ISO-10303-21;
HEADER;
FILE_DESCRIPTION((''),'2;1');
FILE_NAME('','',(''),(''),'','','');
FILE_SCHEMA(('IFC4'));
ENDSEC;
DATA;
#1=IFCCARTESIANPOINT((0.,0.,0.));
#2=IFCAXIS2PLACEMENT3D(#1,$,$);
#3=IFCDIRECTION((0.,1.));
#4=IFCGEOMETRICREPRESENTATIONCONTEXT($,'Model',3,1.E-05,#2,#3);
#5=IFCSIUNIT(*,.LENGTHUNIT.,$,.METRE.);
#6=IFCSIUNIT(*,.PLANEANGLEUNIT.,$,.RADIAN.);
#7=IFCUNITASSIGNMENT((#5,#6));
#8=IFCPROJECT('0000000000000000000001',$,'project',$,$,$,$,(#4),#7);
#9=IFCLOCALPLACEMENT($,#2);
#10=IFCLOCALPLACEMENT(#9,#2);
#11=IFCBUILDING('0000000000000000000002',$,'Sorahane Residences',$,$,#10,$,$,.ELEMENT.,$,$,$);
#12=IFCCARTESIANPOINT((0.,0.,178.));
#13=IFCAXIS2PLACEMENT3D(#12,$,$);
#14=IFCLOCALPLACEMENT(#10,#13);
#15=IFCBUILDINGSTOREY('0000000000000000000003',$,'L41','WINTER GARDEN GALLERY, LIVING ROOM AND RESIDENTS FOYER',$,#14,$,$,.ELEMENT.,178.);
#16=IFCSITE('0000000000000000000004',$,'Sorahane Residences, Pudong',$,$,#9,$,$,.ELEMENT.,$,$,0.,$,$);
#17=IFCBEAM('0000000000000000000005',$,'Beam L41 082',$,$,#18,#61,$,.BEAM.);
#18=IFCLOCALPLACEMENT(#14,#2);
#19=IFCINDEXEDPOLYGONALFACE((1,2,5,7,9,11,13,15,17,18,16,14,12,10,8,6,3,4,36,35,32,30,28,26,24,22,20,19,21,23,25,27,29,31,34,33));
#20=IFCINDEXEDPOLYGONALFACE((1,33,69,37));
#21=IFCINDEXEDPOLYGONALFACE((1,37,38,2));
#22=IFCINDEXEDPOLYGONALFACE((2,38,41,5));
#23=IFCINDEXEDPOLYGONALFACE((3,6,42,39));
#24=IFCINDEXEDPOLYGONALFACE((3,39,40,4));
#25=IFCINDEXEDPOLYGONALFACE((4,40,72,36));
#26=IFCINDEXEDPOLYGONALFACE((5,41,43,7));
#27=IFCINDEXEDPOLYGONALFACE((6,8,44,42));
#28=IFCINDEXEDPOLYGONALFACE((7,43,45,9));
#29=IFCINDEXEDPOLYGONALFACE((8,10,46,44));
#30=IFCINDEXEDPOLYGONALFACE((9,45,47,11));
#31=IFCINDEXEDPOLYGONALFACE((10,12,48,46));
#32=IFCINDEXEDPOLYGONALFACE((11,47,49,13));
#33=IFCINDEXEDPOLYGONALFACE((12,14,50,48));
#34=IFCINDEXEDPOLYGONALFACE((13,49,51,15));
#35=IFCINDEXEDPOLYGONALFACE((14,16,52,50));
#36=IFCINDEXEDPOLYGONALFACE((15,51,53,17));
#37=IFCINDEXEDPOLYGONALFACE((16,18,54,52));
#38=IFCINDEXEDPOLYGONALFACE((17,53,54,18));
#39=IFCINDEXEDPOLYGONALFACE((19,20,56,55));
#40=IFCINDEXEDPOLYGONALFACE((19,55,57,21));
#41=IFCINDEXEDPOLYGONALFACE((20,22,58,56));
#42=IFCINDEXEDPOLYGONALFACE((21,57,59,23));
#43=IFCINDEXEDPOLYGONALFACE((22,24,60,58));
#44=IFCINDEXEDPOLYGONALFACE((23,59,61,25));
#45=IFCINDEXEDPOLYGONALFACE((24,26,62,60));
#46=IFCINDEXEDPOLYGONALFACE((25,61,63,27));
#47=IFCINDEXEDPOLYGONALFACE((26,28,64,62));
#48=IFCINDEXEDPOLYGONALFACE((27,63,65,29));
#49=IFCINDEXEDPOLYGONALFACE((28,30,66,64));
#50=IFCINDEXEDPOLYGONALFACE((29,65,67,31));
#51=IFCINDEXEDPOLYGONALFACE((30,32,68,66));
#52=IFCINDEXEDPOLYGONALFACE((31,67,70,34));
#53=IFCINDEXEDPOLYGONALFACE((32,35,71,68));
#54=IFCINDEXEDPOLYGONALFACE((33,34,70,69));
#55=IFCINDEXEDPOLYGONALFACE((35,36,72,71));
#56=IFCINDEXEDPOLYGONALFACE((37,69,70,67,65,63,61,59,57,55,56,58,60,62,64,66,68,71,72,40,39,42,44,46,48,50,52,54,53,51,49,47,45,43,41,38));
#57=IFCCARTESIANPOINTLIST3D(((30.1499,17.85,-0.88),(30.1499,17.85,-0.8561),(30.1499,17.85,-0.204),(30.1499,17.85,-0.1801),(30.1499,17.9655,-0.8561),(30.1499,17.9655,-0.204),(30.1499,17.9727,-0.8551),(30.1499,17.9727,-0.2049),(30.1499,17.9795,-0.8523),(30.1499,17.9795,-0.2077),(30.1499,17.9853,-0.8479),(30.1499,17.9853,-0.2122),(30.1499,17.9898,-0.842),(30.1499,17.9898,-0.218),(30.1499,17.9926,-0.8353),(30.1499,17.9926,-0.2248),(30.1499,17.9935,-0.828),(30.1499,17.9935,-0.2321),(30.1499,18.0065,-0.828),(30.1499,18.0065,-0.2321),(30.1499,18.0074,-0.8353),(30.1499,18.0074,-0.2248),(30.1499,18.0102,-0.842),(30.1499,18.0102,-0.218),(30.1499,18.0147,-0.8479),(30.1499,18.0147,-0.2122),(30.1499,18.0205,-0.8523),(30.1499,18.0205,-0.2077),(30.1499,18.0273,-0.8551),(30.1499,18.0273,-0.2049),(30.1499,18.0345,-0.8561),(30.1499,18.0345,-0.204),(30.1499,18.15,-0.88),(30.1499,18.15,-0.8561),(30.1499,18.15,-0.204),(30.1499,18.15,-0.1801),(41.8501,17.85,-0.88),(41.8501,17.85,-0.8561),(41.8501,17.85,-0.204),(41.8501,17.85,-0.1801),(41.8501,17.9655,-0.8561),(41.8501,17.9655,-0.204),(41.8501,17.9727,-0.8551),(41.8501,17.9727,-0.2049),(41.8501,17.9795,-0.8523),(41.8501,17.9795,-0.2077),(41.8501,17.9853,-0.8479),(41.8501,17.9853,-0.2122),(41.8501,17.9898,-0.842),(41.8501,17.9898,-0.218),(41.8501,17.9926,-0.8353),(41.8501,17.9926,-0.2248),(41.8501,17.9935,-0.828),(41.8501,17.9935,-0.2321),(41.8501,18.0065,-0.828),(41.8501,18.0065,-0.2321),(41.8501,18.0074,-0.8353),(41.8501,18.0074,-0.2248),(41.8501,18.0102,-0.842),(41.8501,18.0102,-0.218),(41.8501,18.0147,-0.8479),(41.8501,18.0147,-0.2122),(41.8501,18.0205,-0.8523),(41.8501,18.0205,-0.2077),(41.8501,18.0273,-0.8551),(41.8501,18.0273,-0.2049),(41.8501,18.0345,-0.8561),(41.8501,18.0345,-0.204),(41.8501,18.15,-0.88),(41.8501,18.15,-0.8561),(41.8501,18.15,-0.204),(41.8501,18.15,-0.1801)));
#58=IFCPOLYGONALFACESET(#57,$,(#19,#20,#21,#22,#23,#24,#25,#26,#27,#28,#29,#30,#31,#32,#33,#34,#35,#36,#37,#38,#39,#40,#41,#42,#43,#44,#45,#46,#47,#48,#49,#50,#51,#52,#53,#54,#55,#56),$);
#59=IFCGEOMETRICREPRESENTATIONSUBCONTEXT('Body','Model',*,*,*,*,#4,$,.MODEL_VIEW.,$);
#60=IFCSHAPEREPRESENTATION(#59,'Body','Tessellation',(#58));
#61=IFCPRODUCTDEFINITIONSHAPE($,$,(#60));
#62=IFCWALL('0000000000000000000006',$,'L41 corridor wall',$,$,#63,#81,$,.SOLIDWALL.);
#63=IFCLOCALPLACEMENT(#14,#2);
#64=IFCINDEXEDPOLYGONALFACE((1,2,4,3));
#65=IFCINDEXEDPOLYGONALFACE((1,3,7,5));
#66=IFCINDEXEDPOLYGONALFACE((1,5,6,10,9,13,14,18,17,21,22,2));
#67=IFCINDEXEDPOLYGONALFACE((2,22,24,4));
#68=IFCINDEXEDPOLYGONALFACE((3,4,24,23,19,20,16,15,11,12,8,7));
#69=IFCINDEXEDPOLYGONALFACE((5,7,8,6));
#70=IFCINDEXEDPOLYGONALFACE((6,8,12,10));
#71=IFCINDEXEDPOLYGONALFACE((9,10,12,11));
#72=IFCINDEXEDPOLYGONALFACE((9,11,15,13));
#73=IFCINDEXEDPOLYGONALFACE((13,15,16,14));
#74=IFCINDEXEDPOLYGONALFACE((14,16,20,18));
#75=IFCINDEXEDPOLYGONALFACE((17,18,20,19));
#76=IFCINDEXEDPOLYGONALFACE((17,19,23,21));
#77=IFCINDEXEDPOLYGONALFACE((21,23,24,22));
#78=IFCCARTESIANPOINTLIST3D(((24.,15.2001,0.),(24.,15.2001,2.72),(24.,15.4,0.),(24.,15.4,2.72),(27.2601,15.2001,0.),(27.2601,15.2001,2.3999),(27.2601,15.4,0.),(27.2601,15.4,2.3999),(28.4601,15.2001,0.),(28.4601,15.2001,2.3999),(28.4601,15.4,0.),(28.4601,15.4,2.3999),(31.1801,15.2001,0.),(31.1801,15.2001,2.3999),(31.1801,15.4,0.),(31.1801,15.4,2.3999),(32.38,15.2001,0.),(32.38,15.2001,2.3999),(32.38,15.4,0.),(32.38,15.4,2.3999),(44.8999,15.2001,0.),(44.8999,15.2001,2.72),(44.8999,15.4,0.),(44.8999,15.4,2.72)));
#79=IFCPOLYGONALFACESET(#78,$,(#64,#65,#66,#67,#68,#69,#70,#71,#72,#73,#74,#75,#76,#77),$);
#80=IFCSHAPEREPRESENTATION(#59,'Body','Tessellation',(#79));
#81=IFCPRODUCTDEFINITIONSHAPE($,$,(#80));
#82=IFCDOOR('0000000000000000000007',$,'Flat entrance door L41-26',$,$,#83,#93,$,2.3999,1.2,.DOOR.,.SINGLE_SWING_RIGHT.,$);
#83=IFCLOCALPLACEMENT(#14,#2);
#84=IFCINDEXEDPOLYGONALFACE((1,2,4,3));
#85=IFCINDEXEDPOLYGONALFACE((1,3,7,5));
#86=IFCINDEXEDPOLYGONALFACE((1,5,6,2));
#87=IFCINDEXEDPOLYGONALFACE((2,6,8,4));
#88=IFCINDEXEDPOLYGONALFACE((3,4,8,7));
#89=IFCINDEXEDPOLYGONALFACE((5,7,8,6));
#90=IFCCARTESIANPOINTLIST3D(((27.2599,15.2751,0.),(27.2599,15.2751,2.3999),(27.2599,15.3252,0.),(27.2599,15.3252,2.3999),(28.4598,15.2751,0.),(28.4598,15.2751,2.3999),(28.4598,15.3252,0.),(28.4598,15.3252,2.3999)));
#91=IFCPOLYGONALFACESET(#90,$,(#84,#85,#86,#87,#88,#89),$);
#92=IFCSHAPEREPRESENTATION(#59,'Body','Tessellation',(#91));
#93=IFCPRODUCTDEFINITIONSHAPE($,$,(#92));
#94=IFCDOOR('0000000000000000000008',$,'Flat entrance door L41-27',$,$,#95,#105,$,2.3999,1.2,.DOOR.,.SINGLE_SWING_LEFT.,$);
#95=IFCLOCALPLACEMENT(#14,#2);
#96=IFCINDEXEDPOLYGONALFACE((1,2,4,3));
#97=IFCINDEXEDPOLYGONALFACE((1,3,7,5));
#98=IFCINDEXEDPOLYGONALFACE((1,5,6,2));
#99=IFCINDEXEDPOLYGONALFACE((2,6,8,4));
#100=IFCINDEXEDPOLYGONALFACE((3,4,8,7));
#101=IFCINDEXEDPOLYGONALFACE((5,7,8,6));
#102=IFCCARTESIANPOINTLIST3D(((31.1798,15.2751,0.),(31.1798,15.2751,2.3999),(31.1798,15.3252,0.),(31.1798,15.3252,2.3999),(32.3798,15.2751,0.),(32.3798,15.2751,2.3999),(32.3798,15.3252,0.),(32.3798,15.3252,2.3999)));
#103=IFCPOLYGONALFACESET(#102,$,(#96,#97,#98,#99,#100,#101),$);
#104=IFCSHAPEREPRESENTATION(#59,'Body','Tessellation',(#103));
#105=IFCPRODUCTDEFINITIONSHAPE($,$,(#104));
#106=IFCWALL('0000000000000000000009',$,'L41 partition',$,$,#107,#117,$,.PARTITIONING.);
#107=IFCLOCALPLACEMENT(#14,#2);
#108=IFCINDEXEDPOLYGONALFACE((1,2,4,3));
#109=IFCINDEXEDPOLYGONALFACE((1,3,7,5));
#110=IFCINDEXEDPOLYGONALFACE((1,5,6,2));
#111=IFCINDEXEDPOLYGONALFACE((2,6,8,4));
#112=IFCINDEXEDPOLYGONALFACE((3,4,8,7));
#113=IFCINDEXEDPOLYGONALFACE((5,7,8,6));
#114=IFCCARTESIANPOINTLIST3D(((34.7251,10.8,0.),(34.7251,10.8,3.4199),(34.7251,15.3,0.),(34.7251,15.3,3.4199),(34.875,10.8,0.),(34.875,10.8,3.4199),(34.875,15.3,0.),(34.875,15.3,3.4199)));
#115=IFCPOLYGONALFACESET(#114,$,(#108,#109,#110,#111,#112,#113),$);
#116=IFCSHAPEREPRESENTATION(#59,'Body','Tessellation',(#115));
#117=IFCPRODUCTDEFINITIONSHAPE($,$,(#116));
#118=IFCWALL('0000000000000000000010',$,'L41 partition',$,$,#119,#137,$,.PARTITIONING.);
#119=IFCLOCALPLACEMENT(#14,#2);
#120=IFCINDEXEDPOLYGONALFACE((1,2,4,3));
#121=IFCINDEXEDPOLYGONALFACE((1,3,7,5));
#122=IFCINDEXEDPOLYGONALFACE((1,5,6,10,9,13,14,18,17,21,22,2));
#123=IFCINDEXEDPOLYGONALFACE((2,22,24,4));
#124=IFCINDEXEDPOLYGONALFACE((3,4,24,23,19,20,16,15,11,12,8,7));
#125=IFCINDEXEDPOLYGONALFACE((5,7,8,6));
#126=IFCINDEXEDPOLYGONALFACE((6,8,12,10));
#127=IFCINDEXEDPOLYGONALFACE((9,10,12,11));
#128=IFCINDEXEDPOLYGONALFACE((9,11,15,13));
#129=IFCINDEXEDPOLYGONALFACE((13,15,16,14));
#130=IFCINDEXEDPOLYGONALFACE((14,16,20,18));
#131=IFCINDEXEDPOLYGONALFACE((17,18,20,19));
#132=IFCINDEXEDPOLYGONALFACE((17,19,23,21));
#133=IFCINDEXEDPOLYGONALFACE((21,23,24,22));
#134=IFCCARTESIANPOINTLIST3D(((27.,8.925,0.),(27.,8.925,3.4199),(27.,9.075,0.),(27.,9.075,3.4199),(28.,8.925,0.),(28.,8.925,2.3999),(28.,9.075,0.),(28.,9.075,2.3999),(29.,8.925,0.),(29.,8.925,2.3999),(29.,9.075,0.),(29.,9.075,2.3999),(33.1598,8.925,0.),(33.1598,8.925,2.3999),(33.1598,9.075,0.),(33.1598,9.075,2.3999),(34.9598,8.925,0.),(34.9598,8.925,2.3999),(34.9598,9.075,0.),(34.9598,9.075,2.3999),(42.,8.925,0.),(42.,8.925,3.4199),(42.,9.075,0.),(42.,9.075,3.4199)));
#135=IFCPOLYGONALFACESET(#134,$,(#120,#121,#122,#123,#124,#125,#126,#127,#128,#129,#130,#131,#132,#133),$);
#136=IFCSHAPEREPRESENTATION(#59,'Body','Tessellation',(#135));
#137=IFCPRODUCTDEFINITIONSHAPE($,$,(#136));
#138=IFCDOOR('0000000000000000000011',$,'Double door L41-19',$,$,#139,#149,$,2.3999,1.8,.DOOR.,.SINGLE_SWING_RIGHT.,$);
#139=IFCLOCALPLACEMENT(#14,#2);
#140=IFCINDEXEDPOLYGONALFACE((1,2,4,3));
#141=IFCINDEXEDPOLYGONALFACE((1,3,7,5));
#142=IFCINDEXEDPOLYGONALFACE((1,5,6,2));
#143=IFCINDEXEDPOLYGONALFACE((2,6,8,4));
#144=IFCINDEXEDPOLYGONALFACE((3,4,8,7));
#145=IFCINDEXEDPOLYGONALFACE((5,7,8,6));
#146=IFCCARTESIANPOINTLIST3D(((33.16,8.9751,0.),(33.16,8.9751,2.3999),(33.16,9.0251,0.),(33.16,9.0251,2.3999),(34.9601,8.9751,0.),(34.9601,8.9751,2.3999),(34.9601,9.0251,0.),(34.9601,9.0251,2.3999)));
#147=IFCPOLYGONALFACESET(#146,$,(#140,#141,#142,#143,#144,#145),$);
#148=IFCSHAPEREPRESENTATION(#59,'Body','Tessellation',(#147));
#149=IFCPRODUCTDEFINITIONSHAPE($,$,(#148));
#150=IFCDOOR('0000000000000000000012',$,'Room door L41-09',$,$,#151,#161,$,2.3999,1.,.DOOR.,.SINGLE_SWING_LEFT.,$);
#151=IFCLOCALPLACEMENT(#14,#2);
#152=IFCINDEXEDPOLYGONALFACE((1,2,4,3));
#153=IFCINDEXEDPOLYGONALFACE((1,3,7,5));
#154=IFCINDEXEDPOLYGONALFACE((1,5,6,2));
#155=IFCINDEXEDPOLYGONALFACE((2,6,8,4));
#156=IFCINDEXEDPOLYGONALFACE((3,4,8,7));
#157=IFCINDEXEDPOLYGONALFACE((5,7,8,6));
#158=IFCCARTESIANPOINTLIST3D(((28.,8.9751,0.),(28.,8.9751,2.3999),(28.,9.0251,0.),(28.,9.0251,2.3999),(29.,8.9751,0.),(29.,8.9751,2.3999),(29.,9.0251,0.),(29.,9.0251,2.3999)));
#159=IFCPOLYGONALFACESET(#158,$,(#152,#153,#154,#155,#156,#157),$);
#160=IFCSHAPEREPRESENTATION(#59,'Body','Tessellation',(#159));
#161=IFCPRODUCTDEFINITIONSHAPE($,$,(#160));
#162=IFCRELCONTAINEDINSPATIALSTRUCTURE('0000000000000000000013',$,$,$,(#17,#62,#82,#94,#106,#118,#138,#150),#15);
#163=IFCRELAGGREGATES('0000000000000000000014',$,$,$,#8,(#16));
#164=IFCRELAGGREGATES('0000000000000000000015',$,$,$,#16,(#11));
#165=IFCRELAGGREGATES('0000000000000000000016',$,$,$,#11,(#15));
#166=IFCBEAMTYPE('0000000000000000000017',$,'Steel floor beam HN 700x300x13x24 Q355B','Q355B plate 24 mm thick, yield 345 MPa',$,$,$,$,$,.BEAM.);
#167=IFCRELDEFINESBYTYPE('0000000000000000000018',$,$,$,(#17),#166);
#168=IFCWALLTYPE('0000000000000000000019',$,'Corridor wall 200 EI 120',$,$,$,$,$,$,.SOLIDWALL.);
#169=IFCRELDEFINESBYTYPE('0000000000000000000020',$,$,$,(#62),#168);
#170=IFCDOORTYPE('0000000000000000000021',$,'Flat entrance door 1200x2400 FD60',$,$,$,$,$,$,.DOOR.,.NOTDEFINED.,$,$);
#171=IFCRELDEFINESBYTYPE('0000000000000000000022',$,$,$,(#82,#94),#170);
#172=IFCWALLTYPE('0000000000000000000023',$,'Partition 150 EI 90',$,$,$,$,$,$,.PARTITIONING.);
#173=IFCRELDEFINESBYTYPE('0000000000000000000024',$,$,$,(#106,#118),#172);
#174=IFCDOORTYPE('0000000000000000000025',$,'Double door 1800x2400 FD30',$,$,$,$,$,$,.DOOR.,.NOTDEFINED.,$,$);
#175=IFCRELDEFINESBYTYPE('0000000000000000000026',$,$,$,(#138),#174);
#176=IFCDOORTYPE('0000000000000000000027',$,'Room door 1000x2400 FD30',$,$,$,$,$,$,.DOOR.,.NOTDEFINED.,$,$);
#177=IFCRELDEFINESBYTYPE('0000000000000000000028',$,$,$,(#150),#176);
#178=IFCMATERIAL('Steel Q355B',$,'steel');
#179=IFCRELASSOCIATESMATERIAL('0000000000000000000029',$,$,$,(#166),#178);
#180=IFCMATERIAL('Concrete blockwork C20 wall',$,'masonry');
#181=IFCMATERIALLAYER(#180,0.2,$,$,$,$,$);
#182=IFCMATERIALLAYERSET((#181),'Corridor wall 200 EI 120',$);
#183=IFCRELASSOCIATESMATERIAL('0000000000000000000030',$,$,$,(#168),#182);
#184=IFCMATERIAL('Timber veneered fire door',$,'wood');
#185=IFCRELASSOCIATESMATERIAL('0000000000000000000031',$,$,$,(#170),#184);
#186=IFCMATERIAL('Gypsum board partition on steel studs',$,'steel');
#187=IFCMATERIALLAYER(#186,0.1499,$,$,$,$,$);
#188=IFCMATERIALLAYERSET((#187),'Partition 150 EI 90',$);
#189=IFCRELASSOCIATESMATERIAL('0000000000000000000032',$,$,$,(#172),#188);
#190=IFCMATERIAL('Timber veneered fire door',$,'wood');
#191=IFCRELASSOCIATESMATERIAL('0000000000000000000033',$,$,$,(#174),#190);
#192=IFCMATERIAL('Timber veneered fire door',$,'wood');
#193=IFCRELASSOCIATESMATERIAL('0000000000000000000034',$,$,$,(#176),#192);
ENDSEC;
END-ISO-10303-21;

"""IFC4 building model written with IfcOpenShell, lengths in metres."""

from ifc_helpers import new_model, si_unit, direction, frame, frame_2d, origin, origin_2d, place, context, subcontext, project, spatial, rectangle, i_section, extrude, material, layer, layer_set, material_profile, profile_set, type_object, element, fill, save


model = new_model("IFC4")

# Units and contexts
model_context = context("Model", 3, precision=1e-05, world=origin(), true_north=direction((0.0, 1.0)))
body_context = subcontext(model_context, "Body", "Model", "MODEL_VIEW")
ifc_project = project(units=[si_unit("LENGTHUNIT", "METRE"), si_unit("PLANEANGLEUNIT", "RADIAN")], contexts=[model_context])

# Site, building, storey
site_placement = place(None, origin())
site = spatial("IfcSite", under=ifc_project, at=site_placement, Name="Sorahane Residences, Pudong", CompositionType="ELEMENT", RefElevation=0.0)
building_placement = place(site_placement, origin())
building = spatial("IfcBuilding", under=site, at=building_placement, Name="Sorahane Residences", CompositionType="ELEMENT")
storey_placement = place(building_placement, frame((0.0, 0.0, 178.0)))
storey = spatial("IfcBuildingStorey", under=building, at=storey_placement, Name="L41", Description="WINTER GARDEN GALLERY, LIVING ROOM AND RESIDENTS FOYER", CompositionType="ELEMENT", Elevation=178.0)

# Beam
ifc_material_1 = material(Name="Steel Q355B", Category="steel")
ifc_material_profile_1 = material_profile(ifc_material_1, i_section(OverallWidth=0.3, OverallDepth=0.7, WebThickness=0.0129, FlangeThickness=0.0239, FilletRadius=0.0281, at=origin_2d()), Name="HN 700x300x13x24")
ifc_profile_set_1 = profile_set([ifc_material_profile_1], Name="Steel Q355B")
beam_type_1 = type_object("IfcBeamType", Name="Steel floor beam HN 700x300x13x24 Q355B", Description="Q355B plate 24 mm thick, yield 345 MPa", PredefinedType="BEAM", material=ifc_profile_set_1)
beam_1_placement = place(storey_placement, frame((30.1499, 18.0, -0.53), z_axis=(1.0, 0.0, 0.0), x_axis=(0.0, 1.0, 0.0)))
element("IfcBeam", 1, at=beam_1_placement, inside=storey, type_object=beam_type_1, Name="Beam L41 082", PredefinedType="BEAM", context=body_context, shape_type="SweptSolid", body=[
    extrude(i_section(OverallWidth=0.3, OverallDepth=0.7, WebThickness=0.0129, FlangeThickness=0.0239, FilletRadius=0.0281, at=origin_2d()), origin(), (0.0, 0.0, 1.0), 11.7002),
])

# Wall, openings, doors
ifc_material_2 = material(Name="Concrete blockwork C20 wall", Category="masonry")
ifc_layer_1 = layer(ifc_material_2, 0.2)
ifc_layer_set_1 = layer_set([ifc_layer_1], Name="Corridor wall 200 EI 120")
wall_type_1 = type_object("IfcWallType", Name="Corridor wall 200 EI 120", PredefinedType="SOLIDWALL", material=ifc_layer_set_1)
wall_1_placement = place(storey_placement, frame((24.0, 15.3, 0.0), z_axis=(0.0, 0.0, 1.0), x_axis=(1.0, 0.0, 0.0)))
wall_1 = element("IfcWall", 2, at=wall_1_placement, inside=storey, type_object=wall_type_1, Name="L41 corridor wall", PredefinedType="SOLIDWALL", context=body_context, shape_type="SweptSolid", body=[
    extrude(rectangle(XDim=20.8999, YDim=0.2, at=frame_2d((10.45, 0.0))), origin(), (0.0, 0.0, 1.0), 2.72),
])
opening_1_placement = place(wall_1_placement, frame((3.26, 0.0, 0.0)))
opening_1 = element("IfcOpeningElement", 3, at=opening_1_placement, cuts=wall_1, PredefinedType="OPENING", context=body_context, shape_type="SweptSolid", body=[
    extrude(rectangle(XDim=1.2, YDim=2.3999, at=frame_2d((0.6001, 1.2))), frame((0.0, 0.1099, 0.0), z_axis=(0.0, -1.0, 0.0), x_axis=(1.0, 0.0, 0.0)), (0.0, 0.0, 1.0), 0.22),
])
opening_2_placement = place(wall_1_placement, frame((7.1799, 0.0, 0.0)))
opening_2 = element("IfcOpeningElement", 4, at=opening_2_placement, cuts=wall_1, PredefinedType="OPENING", context=body_context, shape_type="SweptSolid", body=[
    extrude(rectangle(XDim=1.2, YDim=2.3999, at=frame_2d((0.6001, 1.2))), frame((0.0, 0.1099, 0.0), z_axis=(0.0, -1.0, 0.0), x_axis=(1.0, 0.0, 0.0)), (0.0, 0.0, 1.0), 0.22),
])
ifc_material_3 = material(Name="Timber veneered fire door", Category="wood")
door_type_1 = type_object("IfcDoorType", Name="Flat entrance door 1200x2400 FD60", OperationType="NOTDEFINED", PredefinedType="DOOR", material=ifc_material_3)
door_1_placement = place(opening_1_placement, frame((1.2, 0.0, 0.0), z_axis=(0.0, 0.0, 1.0), x_axis=(-1.0, 0.0, 0.0)))
door_1 = element("IfcDoor", 5, at=door_1_placement, inside=storey, type_object=door_type_1, Name="Flat entrance door L41-26", OperationType="SINGLE_SWING_RIGHT", OverallHeight=2.3999, OverallWidth=1.2, PredefinedType="DOOR", context=body_context, shape_type="SweptSolid", body=[
    extrude(rectangle(XDim=1.2, YDim=2.3999, at=frame_2d((0.6001, 1.2))), frame((0.0, 0.0249, 0.0), z_axis=(0.0, -1.0, 0.0), x_axis=(1.0, 0.0, 0.0)), (0.0, 0.0, 1.0), 0.05),
])
fill(opening_1, door_1)
door_2_placement = place(opening_2_placement, frame((1.2, 0.0, 0.0), z_axis=(0.0, 0.0, 1.0), x_axis=(-1.0, 0.0, 0.0)))
door_2 = element("IfcDoor", 6, at=door_2_placement, inside=storey, type_object=door_type_1, Name="Flat entrance door L41-27", OperationType="SINGLE_SWING_LEFT", OverallHeight=2.3999, OverallWidth=1.2, PredefinedType="DOOR", context=body_context, shape_type="SweptSolid", body=[
    extrude(rectangle(XDim=1.2, YDim=2.3999, at=frame_2d((0.6001, 1.2))), frame((0.0, 0.0249, 0.0), z_axis=(0.0, -1.0, 0.0), x_axis=(1.0, 0.0, 0.0)), (0.0, 0.0, 1.0), 0.05),
])
fill(opening_2, door_2)

# Wall
ifc_material_4 = material(Name="Gypsum board partition on steel studs", Category="steel")
ifc_layer_2 = layer(ifc_material_4, 0.1499)
ifc_layer_set_2 = layer_set([ifc_layer_2], Name="Partition 150 EI 90")
wall_type_2 = type_object("IfcWallType", Name="Partition 150 EI 90", PredefinedType="PARTITIONING", material=ifc_layer_set_2)
wall_2_placement = place(storey_placement, frame((34.8, 10.8, 0.0), z_axis=(0.0, 0.0, 1.0), x_axis=(0.0, 1.0, 0.0)))
element("IfcWall", 7, at=wall_2_placement, inside=storey, type_object=wall_type_2, Name="L41 partition", PredefinedType="PARTITIONING", context=body_context, shape_type="SweptSolid", body=[
    extrude(rectangle(XDim=4.5, YDim=0.1499, at=frame_2d((2.25, 0.0))), origin(), (0.0, 0.0, 1.0), 3.4199),
])

# Wall, openings, doors
wall_3_placement = place(storey_placement, frame((27.0, 9.0, 0.0), z_axis=(0.0, 0.0, 1.0), x_axis=(1.0, 0.0, 0.0)))
wall_3 = element("IfcWall", 8, at=wall_3_placement, inside=storey, type_object=wall_type_2, Name="L41 partition", PredefinedType="PARTITIONING", context=body_context, shape_type="SweptSolid", body=[
    extrude(rectangle(XDim=15.0, YDim=0.1499, at=frame_2d((7.5, 0.0))), origin(), (0.0, 0.0, 1.0), 3.4199),
])
opening_3_placement = place(wall_3_placement, frame((1.0, 0.0, 0.0)))
opening_3 = element("IfcOpeningElement", 9, at=opening_3_placement, cuts=wall_3, PredefinedType="OPENING", context=body_context, shape_type="SweptSolid", body=[
    extrude(rectangle(XDim=1.0, YDim=2.3999, at=frame_2d((0.5, 1.2))), frame((0.0, 0.085, 0.0), z_axis=(0.0, -1.0, 0.0), x_axis=(1.0, 0.0, 0.0)), (0.0, 0.0, 1.0), 0.1699),
])
opening_4_placement = place(wall_3_placement, frame((6.1599, 0.0, 0.0)))
opening_4 = element("IfcOpeningElement", 10, at=opening_4_placement, cuts=wall_3, PredefinedType="OPENING", context=body_context, shape_type="SweptSolid", body=[
    extrude(rectangle(XDim=1.8, YDim=2.3999, at=frame_2d((0.8999, 1.2))), frame((0.0, 0.085, 0.0), z_axis=(0.0, -1.0, 0.0), x_axis=(1.0, 0.0, 0.0)), (0.0, 0.0, 1.0), 0.1699),
])
ifc_material_5 = material(Name="Timber veneered fire door", Category="wood")
door_type_2 = type_object("IfcDoorType", Name="Double door 1800x2400 FD30", OperationType="NOTDEFINED", PredefinedType="DOOR", material=ifc_material_5)
door_3_placement = place(opening_4_placement, frame((1.8, 0.0, 0.0), z_axis=(0.0, 0.0, 1.0), x_axis=(-1.0, 0.0, 0.0)))
door_3 = element("IfcDoor", 11, at=door_3_placement, inside=storey, type_object=door_type_2, Name="Double door L41-19", OperationType="SINGLE_SWING_RIGHT", OverallHeight=2.3999, OverallWidth=1.8, PredefinedType="DOOR", context=body_context, shape_type="SweptSolid", body=[
    extrude(rectangle(XDim=1.8, YDim=2.3999, at=frame_2d((0.8999, 1.2))), frame((0.0, 0.0249, 0.0), z_axis=(0.0, -1.0, 0.0), x_axis=(1.0, 0.0, 0.0)), (0.0, 0.0, 1.0), 0.05),
])
fill(opening_4, door_3)
ifc_material_6 = material(Name="Timber veneered fire door", Category="wood")
door_type_3 = type_object("IfcDoorType", Name="Room door 1000x2400 FD30", OperationType="NOTDEFINED", PredefinedType="DOOR", material=ifc_material_6)
door_4_placement = place(opening_3_placement, frame((1.0, 0.0, 0.0), z_axis=(0.0, 0.0, 1.0), x_axis=(-1.0, 0.0, 0.0)))
door_4 = element("IfcDoor", 12, at=door_4_placement, inside=storey, type_object=door_type_3, Name="Room door L41-09", OperationType="SINGLE_SWING_LEFT", OverallHeight=2.3999, OverallWidth=1.0, PredefinedType="DOOR", context=body_context, shape_type="SweptSolid", body=[
    extrude(rectangle(XDim=1.0, YDim=2.3999, at=frame_2d((0.5, 1.2))), frame((0.0, 0.0249, 0.0), z_axis=(0.0, -1.0, 0.0), x_axis=(1.0, 0.0, 0.0)), (0.0, 0.0, 1.0), 0.05),
])
fill(opening_3, door_4)

save(model, "model.ifc")
